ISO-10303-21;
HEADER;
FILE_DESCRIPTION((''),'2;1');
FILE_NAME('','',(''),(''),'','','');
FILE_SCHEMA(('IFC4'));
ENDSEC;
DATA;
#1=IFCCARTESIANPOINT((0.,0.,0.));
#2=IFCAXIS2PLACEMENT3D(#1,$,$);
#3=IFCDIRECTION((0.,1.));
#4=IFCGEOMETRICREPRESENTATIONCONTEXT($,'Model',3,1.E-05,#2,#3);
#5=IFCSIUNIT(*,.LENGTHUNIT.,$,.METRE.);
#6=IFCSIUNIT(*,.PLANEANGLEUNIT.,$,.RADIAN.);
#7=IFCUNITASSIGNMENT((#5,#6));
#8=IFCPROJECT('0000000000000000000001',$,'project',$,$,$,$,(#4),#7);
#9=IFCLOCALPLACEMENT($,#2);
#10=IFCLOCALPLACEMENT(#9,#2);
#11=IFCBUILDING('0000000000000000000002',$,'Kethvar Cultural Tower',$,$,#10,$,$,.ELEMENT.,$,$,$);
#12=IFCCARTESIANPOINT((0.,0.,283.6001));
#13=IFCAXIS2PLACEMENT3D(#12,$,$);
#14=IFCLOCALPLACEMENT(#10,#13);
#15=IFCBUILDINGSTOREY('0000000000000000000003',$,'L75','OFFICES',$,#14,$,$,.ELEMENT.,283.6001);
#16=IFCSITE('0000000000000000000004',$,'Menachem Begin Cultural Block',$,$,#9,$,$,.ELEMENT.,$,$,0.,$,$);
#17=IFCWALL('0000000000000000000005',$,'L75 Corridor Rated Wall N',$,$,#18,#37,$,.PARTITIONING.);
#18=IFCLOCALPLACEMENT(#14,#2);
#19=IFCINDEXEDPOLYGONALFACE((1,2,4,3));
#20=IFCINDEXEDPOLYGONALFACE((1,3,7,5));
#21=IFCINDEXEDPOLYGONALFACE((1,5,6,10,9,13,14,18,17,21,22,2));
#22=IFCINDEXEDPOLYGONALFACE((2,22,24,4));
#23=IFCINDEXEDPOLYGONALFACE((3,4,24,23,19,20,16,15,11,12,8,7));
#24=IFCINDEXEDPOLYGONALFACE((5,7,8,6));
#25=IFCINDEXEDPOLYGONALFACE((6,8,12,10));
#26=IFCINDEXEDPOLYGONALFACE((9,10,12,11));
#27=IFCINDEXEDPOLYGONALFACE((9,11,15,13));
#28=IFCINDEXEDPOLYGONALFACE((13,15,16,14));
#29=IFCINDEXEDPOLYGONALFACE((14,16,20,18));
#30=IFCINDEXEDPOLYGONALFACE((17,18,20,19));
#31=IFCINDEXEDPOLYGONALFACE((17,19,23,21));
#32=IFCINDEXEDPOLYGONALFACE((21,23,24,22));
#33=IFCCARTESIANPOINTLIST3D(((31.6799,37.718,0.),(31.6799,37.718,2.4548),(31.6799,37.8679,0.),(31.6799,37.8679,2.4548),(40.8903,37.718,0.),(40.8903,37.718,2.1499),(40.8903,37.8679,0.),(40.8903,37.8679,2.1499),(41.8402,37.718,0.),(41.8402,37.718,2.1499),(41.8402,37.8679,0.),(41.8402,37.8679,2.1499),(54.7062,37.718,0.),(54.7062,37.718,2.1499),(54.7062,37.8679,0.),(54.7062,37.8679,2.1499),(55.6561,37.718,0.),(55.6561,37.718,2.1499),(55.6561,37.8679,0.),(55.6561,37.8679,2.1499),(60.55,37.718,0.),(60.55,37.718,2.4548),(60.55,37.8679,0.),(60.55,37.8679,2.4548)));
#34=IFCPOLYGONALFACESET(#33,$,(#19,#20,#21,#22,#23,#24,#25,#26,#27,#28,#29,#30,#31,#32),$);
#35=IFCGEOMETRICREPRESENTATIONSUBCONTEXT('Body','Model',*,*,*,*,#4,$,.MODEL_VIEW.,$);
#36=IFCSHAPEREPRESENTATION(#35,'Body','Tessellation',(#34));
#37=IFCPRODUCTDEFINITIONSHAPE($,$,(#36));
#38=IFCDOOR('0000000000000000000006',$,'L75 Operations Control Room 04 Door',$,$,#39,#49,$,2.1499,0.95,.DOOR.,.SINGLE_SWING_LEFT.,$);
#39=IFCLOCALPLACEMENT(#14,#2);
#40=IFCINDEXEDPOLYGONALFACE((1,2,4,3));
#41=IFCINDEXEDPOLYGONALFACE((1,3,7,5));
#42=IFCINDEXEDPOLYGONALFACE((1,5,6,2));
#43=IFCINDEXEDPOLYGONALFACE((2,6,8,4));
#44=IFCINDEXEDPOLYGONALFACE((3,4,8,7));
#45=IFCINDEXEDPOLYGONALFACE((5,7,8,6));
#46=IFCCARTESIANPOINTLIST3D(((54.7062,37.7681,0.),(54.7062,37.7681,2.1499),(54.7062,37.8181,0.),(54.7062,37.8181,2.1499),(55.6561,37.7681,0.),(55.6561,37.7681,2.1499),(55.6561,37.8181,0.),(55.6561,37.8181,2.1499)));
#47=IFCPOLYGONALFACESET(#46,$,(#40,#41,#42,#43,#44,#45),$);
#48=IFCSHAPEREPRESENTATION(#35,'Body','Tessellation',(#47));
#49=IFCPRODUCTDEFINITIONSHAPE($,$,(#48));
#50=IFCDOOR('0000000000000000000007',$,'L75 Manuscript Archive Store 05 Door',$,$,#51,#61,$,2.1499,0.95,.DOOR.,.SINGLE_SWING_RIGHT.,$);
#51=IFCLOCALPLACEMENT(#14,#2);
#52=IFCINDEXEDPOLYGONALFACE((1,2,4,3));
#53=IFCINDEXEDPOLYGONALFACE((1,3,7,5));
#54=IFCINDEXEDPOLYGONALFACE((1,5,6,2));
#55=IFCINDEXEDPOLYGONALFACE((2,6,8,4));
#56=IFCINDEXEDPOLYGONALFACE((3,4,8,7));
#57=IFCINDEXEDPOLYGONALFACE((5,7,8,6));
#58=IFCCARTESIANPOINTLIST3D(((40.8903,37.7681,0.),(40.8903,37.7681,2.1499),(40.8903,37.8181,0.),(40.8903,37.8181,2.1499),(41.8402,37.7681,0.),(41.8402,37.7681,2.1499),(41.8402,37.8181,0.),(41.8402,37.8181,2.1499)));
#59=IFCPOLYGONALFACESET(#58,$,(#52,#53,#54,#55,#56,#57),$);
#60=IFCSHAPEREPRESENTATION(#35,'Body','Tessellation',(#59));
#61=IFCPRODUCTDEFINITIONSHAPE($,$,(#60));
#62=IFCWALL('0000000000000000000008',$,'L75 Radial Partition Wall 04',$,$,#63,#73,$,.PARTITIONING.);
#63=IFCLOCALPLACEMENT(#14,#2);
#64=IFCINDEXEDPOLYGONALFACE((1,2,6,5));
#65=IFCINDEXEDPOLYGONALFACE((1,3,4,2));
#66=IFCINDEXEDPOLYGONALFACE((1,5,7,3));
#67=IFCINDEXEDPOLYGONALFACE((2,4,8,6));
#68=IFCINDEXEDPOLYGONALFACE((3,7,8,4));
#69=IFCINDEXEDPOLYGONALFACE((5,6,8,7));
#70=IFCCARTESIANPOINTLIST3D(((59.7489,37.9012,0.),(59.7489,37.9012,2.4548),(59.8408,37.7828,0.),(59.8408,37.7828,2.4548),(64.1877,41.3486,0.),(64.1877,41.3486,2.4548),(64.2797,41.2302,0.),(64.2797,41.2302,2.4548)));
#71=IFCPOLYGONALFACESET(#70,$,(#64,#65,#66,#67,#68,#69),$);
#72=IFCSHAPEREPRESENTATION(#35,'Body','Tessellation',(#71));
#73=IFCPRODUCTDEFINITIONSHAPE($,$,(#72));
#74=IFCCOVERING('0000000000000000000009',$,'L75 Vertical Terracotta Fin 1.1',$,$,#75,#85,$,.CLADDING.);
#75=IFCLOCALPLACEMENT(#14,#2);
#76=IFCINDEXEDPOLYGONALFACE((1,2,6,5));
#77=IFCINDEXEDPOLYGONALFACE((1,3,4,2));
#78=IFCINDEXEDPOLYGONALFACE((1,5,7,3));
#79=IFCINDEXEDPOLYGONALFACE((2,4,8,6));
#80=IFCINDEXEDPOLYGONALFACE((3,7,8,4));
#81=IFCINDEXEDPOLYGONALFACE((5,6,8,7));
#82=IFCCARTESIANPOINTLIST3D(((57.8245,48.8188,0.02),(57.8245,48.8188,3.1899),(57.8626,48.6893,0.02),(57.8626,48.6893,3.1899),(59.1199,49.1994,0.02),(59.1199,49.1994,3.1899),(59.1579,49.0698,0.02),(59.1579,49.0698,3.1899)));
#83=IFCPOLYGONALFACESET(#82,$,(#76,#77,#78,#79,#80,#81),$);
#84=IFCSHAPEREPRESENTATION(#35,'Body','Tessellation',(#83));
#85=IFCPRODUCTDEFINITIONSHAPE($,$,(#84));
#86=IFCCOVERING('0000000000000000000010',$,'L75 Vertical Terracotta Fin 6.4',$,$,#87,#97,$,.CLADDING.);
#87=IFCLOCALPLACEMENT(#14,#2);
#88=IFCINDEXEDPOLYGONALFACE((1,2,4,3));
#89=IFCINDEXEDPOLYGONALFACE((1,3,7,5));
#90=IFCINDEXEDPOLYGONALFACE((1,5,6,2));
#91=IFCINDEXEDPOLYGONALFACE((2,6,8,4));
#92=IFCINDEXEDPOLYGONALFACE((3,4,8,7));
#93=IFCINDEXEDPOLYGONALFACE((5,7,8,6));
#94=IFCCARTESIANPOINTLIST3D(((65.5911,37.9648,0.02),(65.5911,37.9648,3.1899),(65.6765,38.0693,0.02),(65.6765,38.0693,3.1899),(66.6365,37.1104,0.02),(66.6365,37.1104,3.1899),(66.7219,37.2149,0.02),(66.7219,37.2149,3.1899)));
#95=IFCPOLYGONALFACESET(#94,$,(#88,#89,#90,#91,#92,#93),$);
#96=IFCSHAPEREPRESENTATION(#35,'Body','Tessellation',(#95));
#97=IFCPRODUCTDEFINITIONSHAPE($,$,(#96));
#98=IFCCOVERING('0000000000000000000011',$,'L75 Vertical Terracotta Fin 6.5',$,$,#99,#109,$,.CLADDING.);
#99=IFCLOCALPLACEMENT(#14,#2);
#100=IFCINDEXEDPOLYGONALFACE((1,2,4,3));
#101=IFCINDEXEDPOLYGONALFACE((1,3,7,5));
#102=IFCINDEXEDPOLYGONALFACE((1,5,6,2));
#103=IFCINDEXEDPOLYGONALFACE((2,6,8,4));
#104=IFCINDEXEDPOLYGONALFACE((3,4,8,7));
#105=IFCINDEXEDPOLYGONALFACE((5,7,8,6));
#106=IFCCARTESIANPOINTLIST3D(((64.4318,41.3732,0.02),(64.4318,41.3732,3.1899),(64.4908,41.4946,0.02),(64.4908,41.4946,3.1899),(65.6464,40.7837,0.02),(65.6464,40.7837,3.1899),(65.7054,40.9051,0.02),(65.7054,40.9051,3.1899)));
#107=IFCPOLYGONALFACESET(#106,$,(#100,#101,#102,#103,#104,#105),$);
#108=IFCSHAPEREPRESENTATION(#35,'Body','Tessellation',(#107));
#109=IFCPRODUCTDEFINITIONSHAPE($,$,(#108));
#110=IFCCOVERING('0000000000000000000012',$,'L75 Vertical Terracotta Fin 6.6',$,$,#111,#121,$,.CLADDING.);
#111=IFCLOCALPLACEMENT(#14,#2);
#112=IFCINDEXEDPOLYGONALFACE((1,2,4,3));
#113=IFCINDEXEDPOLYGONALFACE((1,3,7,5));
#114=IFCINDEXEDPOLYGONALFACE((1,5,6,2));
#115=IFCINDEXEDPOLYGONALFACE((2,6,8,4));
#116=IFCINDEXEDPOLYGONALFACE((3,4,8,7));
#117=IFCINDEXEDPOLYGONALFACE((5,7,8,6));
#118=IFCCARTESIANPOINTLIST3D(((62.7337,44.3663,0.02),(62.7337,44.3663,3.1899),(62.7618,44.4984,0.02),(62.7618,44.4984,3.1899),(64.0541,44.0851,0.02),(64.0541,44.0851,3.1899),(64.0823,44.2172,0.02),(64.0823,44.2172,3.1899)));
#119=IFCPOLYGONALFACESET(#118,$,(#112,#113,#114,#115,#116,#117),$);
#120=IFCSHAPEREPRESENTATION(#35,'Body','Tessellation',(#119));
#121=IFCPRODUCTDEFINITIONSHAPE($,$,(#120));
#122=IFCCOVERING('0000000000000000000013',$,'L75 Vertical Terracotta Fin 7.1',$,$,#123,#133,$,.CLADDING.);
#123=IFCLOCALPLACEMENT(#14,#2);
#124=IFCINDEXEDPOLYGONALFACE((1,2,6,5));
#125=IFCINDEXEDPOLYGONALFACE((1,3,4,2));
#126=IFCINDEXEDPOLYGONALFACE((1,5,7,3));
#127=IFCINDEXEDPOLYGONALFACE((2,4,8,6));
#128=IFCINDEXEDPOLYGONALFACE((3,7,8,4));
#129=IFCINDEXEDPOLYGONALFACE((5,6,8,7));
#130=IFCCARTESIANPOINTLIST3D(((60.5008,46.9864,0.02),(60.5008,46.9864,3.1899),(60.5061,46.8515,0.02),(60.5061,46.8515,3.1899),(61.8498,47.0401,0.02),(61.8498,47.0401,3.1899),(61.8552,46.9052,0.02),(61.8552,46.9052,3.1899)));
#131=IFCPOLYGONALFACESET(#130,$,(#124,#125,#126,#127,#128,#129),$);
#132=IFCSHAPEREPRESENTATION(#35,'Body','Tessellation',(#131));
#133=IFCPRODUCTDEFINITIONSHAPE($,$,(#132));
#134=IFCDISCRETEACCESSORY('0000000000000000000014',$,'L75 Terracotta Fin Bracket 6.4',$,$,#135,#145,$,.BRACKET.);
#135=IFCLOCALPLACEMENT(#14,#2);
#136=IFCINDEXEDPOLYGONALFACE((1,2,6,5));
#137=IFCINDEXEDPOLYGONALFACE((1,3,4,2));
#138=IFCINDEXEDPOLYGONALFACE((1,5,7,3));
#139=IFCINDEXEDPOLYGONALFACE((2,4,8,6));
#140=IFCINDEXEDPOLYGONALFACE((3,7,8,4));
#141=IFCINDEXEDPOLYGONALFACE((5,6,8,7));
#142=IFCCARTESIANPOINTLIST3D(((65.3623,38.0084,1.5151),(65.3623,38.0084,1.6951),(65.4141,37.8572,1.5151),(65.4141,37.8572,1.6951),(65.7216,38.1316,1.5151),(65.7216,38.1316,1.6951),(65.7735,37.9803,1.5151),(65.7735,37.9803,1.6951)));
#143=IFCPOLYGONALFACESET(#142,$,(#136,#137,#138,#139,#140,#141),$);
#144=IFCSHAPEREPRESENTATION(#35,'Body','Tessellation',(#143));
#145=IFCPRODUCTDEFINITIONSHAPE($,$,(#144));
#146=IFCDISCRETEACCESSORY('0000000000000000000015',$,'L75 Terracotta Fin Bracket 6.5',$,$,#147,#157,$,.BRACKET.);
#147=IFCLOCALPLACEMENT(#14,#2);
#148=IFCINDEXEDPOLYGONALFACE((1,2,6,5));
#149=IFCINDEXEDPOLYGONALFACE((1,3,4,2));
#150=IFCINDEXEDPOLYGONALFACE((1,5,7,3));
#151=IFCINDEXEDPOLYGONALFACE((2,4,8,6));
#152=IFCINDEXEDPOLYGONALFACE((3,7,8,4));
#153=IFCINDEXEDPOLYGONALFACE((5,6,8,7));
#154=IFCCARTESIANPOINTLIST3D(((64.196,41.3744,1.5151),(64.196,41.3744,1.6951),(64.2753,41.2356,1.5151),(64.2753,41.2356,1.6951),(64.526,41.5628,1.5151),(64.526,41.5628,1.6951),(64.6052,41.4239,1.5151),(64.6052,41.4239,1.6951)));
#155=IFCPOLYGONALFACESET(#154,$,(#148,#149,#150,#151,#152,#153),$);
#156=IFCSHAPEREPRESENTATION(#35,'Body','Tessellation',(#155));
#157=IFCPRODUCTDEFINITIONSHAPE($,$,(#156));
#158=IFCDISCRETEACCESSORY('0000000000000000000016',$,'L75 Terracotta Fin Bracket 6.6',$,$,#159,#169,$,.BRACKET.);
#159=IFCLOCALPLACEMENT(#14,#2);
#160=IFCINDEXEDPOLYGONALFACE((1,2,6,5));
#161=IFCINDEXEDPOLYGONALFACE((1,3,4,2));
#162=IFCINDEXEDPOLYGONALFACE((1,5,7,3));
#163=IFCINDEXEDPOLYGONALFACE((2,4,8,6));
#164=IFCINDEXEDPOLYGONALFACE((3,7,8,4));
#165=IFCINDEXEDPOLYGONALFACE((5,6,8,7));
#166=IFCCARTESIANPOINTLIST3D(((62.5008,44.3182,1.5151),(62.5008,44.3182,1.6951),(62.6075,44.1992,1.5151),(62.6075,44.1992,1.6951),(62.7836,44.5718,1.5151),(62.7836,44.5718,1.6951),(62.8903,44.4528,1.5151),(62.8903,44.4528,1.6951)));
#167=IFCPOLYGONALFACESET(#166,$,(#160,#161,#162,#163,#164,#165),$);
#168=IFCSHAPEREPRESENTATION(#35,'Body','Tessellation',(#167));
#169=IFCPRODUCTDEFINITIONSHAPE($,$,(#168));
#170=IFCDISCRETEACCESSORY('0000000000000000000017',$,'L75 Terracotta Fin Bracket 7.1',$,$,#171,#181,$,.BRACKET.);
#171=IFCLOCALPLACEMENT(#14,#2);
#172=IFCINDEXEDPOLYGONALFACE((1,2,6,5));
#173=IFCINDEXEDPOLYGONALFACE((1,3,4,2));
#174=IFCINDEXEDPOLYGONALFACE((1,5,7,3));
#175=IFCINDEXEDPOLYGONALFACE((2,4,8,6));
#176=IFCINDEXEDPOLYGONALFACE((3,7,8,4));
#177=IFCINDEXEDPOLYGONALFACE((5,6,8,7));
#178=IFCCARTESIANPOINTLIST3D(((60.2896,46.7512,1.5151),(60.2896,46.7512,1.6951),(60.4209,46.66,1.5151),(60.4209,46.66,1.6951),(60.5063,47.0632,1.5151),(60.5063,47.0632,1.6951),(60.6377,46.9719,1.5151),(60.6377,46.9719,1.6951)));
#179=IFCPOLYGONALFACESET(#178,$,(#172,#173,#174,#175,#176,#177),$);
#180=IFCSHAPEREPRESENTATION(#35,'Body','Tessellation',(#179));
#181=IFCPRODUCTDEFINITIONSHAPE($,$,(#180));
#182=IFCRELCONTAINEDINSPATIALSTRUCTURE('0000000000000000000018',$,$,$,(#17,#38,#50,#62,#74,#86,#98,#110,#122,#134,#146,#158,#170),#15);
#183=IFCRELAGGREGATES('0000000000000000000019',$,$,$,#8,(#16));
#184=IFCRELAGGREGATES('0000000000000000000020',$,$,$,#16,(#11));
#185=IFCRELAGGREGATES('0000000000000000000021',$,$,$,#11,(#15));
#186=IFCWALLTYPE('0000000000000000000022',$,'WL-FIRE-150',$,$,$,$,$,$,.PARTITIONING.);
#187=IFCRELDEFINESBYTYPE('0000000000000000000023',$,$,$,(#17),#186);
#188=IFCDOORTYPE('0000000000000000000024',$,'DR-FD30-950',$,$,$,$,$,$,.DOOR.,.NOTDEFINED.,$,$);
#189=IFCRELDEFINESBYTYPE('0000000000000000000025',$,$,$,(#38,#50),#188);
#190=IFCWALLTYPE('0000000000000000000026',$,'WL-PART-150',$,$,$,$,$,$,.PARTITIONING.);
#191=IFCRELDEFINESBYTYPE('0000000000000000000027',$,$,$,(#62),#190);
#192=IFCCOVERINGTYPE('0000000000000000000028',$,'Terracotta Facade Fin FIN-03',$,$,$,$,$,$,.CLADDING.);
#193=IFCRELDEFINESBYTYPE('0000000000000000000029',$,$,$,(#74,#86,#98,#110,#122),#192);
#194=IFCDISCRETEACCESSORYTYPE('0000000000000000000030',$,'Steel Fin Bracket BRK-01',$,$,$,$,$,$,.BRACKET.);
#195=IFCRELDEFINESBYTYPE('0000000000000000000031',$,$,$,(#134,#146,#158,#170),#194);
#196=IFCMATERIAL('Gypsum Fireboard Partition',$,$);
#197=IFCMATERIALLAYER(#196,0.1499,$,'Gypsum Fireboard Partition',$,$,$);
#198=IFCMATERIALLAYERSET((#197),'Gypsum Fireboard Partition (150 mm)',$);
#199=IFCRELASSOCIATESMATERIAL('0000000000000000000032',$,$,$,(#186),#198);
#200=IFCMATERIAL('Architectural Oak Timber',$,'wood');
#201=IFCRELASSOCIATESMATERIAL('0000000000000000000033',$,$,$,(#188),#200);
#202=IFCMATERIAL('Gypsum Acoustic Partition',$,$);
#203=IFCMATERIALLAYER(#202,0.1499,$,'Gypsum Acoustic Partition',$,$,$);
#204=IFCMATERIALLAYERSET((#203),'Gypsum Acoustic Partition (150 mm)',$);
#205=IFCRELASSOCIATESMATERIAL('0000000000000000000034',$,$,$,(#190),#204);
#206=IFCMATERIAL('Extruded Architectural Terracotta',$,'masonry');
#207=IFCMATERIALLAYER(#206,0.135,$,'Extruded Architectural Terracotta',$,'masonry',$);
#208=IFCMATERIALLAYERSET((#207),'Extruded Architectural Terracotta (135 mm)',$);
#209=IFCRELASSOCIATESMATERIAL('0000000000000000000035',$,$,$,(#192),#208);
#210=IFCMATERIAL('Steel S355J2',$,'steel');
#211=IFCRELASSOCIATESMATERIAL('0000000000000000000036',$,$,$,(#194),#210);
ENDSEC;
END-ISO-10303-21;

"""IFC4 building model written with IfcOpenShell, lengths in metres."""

from ifc_helpers import new_model, si_unit, direction, frame, frame_2d, origin, origin_2d, place, context, subcontext, project, spatial, rectangle, extrude, source, transform, mapped, material, layer, layer_set, type_object, element, fill, save


model = new_model("IFC4")

# Units and contexts
model_context = context("Model", 3, precision=1e-05, world=origin(), true_north=direction((0.0, 1.0)))
body_context = subcontext(model_context, "Body", "Model", "MODEL_VIEW")
ifc_project = project(units=[si_unit("LENGTHUNIT", "METRE"), si_unit("PLANEANGLEUNIT", "RADIAN")], contexts=[model_context])

# Site, building, storey
site_placement = place(None, origin())
site = spatial("IfcSite", under=ifc_project, at=site_placement, Name="Menachem Begin Cultural Block", CompositionType="ELEMENT", RefElevation=0.0)
building_placement = place(site_placement, origin())
building = spatial("IfcBuilding", under=site, at=building_placement, Name="Kethvar Cultural Tower", CompositionType="ELEMENT")
storey_placement = place(building_placement, frame((0.0, 0.0, 283.6001)))
storey = spatial("IfcBuildingStorey", under=building, at=storey_placement, Name="L75", Description="OFFICES", CompositionType="ELEMENT", Elevation=283.6001)

# Shared definitions
ifc_material_1 = material(Name="Steel S355J2", Category="steel")

# Wall, openings, doors
ifc_material_2 = material(Name="Gypsum Fireboard Partition")
ifc_layer_1 = layer(ifc_material_2, 0.1499, Name="Gypsum Fireboard Partition")
ifc_layer_set_1 = layer_set([ifc_layer_1], Name="Gypsum Fireboard Partition (150 mm)")
wall_type_1 = type_object("IfcWallType", Name="WL-FIRE-150", PredefinedType="PARTITIONING", material=ifc_layer_set_1)
wall_1_placement = place(storey_placement, frame((60.55, 37.793, 0.0), z_axis=(0.0, 0.0, 1.0), x_axis=(-1.0, 0.0, 0.0)))
wall_1 = element("IfcWall", 1, at=wall_1_placement, inside=storey, type_object=wall_type_1, Name="L75 Corridor Rated Wall N", PredefinedType="PARTITIONING", context=body_context, shape_type="SweptSolid", body=[
    extrude(rectangle(XDim=28.8701, YDim=0.1499, at=frame_2d((14.4351, 0.0))), origin(), (0.0, 0.0, 1.0), 2.4548),
])
opening_1_placement = place(wall_1_placement, frame((4.8938, 0.0, 0.0)))
opening_1 = element("IfcOpeningElement", 2, at=opening_1_placement, cuts=wall_1, PredefinedType="OPENING", context=body_context, shape_type="SweptSolid", body=[
    extrude(rectangle(XDim=0.95, YDim=2.1499, at=frame_2d((0.4751, 1.075))), frame((0.0, 0.085, 0.0), z_axis=(0.0, -1.0, 0.0), x_axis=(1.0, 0.0, 0.0)), (0.0, 0.0, 1.0), 0.1699),
])
opening_2_placement = place(wall_1_placement, frame((18.7097, 0.0, 0.0)))
opening_2 = element("IfcOpeningElement", 3, at=opening_2_placement, cuts=wall_1, PredefinedType="OPENING", context=body_context, shape_type="SweptSolid", body=[
    extrude(rectangle(XDim=0.95, YDim=2.1499, at=frame_2d((0.4751, 1.075))), frame((0.0, 0.085, 0.0), z_axis=(0.0, -1.0, 0.0), x_axis=(1.0, 0.0, 0.0)), (0.0, 0.0, 1.0), 0.1699),
])
ifc_material_3 = material(Name="Architectural Oak Timber", Category="wood")
door_type = type_object("IfcDoorType", Name="DR-FD30-950", OperationType="NOTDEFINED", PredefinedType="DOOR", material=ifc_material_3)
shared_shape_1 = source(origin(), body_context, "Body", "SweptSolid", [
    extrude(rectangle(XDim=0.95, YDim=2.1499, at=frame_2d((0.4751, 1.075))), frame((0.0, 0.0249, 0.0), z_axis=(0.0, -1.0, 0.0), x_axis=(1.0, 0.0, 0.0)), (0.0, 0.0, 1.0), 0.05),
])
door_1_placement = place(opening_1_placement, origin())
door_1 = element("IfcDoor", 4, at=door_1_placement, inside=storey, type_object=door_type, Name="L75 Operations Control Room 04 Door", OperationType="SINGLE_SWING_LEFT", OverallHeight=2.1499, OverallWidth=0.95, PredefinedType="DOOR", context=body_context, shape_type="MappedRepresentation", body=[
    mapped(shared_shape_1, transform((0.0, 0.0, 0.0), scale=1.0)),
])
fill(opening_1, door_1)
door_2_placement = place(opening_2_placement, origin())
door_2 = element("IfcDoor", 5, at=door_2_placement, inside=storey, type_object=door_type, Name="L75 Manuscript Archive Store 05 Door", OperationType="SINGLE_SWING_RIGHT", OverallHeight=2.1499, OverallWidth=0.95, PredefinedType="DOOR", context=body_context, shape_type="MappedRepresentation", body=[
    mapped(shared_shape_1, transform((0.0, 0.0, 0.0), scale=1.0)),
])
fill(opening_2, door_2)

# Wall
ifc_material_4 = material(Name="Gypsum Acoustic Partition")
ifc_layer_2 = layer(ifc_material_4, 0.1499, Name="Gypsum Acoustic Partition")
ifc_layer_set_2 = layer_set([ifc_layer_2], Name="Gypsum Acoustic Partition (150 mm)")
wall_type_2 = type_object("IfcWallType", Name="WL-PART-150", PredefinedType="PARTITIONING", material=ifc_layer_set_2)
wall_2_placement = place(storey_placement, frame((59.7949, 37.842, 0.0), z_axis=(0.0, 0.0, 1.0), x_axis=(0.789785, 0.613384, 0.0)))
element("IfcWall", 6, at=wall_2_placement, inside=storey, type_object=wall_type_2, Name="L75 Radial Partition Wall 04", PredefinedType="PARTITIONING", context=body_context, shape_type="SweptSolid", body=[
    extrude(rectangle(XDim=5.6204, YDim=0.1499, at=frame_2d((2.8101, 0.0))), origin(), (0.0, 0.0, 1.0), 2.4548),
])

# Coverings
ifc_material_5 = material(Name="Extruded Architectural Terracotta", Category="masonry")
ifc_layer_3 = layer(ifc_material_5, 0.135, Name="Extruded Architectural Terracotta", Category="masonry")
ifc_layer_set_3 = layer_set([ifc_layer_3], Name="Extruded Architectural Terracotta (135 mm)")
covering_type = type_object("IfcCoveringType", Name="Terracotta Facade Fin FIN-03", PredefinedType="CLADDING", material=ifc_layer_set_3)
shared_shape_2 = source(origin(), body_context, "Body", "SweptSolid", [
    extrude(rectangle(XDim=1.3501, YDim=0.135, at=origin_2d()), origin(), (0.0, 0.0, 1.0), 3.1699),
])
for number, where, z_axis, x_axis, name in (
    (7, (58.4912, 48.9443, 0.02), (0.0, 0.0, 1.0), (0.959462, 0.281839, 0.0), "L75 Vertical Terracotta Fin 1.1"),
    (8, (66.1565, 37.5898, 0.02), (0.0, 0.0, 1.0), (0.774282, -0.63284, 0.0), "L75 Vertical Terracotta Fin 6.4"),
    (9, (65.0686, 41.1392, 0.02), (0.0, 0.0, 1.0), (0.899634, -0.436645, 0.0), "L75 Vertical Terracotta Fin 6.5"),
    (10, (63.408, 44.2917, 0.02), (0.0, 0.0, 1.0), (0.978075, -0.208253, 0.0), "L75 Vertical Terracotta Fin 6.6"),
    (11, (61.178, 46.9458, 0.02), (0.0, 0.0, 1.0), (0.999208, 0.039783, 0.0), "L75 Vertical Terracotta Fin 7.1"),
):
    element("IfcCovering", number, at=place(storey_placement, frame(where, z_axis=z_axis, x_axis=x_axis)), inside=storey, type_object=covering_type, Name=name, PredefinedType="CLADDING", context=body_context, shape_type="MappedRepresentation", body=[
        mapped(shared_shape_2, transform((0.0, 0.0, 0.0), scale=1.0)),
    ])

# Discrete accessories
discrete_accessory_type = type_object("IfcDiscreteAccessoryType", Name="Steel Fin Bracket BRK-01", PredefinedType="BRACKET", material=ifc_material_1)
shared_shape_3 = source(origin(), body_context, "Body", "SweptSolid", [
    extrude(rectangle(XDim=0.3799, YDim=0.1599, at=origin_2d()), origin(), (0.0, 0.0, 1.0), 0.1799),
])
for number, where, z_axis, x_axis, name in (
    (12, (65.5679, 37.9944, 1.5151), (0.0, 0.0, 1.0), (0.945972, 0.324248, 0.0), "L75 Terracotta Fin Bracket 6.4"),
    (13, (64.4006, 41.3992, 1.5151), (0.0, 0.0, 1.0), (0.868459, 0.495762, 0.0), "L75 Terracotta Fin Bracket 6.5"),
    (14, (62.6956, 44.3855, 1.5151), (0.0, 0.0, 1.0), (0.744428, 0.667703, 0.0), "L75 Terracotta Fin Bracket 6.6"),
    (15, (60.4636, 46.8616, 1.5151), (0.0, 0.0, 1.0), (0.57057, 0.821249, 0.0), "L75 Terracotta Fin Bracket 7.1"),
):
    element("IfcDiscreteAccessory", number, at=place(storey_placement, frame(where, z_axis=z_axis, x_axis=x_axis)), inside=storey, type_object=discrete_accessory_type, Name=name, PredefinedType="BRACKET", context=body_context, shape_type="MappedRepresentation", body=[
        mapped(shared_shape_3, transform((0.0, 0.0, 0.0), scale=1.0)),
    ])

save(model, "model.ifc")
